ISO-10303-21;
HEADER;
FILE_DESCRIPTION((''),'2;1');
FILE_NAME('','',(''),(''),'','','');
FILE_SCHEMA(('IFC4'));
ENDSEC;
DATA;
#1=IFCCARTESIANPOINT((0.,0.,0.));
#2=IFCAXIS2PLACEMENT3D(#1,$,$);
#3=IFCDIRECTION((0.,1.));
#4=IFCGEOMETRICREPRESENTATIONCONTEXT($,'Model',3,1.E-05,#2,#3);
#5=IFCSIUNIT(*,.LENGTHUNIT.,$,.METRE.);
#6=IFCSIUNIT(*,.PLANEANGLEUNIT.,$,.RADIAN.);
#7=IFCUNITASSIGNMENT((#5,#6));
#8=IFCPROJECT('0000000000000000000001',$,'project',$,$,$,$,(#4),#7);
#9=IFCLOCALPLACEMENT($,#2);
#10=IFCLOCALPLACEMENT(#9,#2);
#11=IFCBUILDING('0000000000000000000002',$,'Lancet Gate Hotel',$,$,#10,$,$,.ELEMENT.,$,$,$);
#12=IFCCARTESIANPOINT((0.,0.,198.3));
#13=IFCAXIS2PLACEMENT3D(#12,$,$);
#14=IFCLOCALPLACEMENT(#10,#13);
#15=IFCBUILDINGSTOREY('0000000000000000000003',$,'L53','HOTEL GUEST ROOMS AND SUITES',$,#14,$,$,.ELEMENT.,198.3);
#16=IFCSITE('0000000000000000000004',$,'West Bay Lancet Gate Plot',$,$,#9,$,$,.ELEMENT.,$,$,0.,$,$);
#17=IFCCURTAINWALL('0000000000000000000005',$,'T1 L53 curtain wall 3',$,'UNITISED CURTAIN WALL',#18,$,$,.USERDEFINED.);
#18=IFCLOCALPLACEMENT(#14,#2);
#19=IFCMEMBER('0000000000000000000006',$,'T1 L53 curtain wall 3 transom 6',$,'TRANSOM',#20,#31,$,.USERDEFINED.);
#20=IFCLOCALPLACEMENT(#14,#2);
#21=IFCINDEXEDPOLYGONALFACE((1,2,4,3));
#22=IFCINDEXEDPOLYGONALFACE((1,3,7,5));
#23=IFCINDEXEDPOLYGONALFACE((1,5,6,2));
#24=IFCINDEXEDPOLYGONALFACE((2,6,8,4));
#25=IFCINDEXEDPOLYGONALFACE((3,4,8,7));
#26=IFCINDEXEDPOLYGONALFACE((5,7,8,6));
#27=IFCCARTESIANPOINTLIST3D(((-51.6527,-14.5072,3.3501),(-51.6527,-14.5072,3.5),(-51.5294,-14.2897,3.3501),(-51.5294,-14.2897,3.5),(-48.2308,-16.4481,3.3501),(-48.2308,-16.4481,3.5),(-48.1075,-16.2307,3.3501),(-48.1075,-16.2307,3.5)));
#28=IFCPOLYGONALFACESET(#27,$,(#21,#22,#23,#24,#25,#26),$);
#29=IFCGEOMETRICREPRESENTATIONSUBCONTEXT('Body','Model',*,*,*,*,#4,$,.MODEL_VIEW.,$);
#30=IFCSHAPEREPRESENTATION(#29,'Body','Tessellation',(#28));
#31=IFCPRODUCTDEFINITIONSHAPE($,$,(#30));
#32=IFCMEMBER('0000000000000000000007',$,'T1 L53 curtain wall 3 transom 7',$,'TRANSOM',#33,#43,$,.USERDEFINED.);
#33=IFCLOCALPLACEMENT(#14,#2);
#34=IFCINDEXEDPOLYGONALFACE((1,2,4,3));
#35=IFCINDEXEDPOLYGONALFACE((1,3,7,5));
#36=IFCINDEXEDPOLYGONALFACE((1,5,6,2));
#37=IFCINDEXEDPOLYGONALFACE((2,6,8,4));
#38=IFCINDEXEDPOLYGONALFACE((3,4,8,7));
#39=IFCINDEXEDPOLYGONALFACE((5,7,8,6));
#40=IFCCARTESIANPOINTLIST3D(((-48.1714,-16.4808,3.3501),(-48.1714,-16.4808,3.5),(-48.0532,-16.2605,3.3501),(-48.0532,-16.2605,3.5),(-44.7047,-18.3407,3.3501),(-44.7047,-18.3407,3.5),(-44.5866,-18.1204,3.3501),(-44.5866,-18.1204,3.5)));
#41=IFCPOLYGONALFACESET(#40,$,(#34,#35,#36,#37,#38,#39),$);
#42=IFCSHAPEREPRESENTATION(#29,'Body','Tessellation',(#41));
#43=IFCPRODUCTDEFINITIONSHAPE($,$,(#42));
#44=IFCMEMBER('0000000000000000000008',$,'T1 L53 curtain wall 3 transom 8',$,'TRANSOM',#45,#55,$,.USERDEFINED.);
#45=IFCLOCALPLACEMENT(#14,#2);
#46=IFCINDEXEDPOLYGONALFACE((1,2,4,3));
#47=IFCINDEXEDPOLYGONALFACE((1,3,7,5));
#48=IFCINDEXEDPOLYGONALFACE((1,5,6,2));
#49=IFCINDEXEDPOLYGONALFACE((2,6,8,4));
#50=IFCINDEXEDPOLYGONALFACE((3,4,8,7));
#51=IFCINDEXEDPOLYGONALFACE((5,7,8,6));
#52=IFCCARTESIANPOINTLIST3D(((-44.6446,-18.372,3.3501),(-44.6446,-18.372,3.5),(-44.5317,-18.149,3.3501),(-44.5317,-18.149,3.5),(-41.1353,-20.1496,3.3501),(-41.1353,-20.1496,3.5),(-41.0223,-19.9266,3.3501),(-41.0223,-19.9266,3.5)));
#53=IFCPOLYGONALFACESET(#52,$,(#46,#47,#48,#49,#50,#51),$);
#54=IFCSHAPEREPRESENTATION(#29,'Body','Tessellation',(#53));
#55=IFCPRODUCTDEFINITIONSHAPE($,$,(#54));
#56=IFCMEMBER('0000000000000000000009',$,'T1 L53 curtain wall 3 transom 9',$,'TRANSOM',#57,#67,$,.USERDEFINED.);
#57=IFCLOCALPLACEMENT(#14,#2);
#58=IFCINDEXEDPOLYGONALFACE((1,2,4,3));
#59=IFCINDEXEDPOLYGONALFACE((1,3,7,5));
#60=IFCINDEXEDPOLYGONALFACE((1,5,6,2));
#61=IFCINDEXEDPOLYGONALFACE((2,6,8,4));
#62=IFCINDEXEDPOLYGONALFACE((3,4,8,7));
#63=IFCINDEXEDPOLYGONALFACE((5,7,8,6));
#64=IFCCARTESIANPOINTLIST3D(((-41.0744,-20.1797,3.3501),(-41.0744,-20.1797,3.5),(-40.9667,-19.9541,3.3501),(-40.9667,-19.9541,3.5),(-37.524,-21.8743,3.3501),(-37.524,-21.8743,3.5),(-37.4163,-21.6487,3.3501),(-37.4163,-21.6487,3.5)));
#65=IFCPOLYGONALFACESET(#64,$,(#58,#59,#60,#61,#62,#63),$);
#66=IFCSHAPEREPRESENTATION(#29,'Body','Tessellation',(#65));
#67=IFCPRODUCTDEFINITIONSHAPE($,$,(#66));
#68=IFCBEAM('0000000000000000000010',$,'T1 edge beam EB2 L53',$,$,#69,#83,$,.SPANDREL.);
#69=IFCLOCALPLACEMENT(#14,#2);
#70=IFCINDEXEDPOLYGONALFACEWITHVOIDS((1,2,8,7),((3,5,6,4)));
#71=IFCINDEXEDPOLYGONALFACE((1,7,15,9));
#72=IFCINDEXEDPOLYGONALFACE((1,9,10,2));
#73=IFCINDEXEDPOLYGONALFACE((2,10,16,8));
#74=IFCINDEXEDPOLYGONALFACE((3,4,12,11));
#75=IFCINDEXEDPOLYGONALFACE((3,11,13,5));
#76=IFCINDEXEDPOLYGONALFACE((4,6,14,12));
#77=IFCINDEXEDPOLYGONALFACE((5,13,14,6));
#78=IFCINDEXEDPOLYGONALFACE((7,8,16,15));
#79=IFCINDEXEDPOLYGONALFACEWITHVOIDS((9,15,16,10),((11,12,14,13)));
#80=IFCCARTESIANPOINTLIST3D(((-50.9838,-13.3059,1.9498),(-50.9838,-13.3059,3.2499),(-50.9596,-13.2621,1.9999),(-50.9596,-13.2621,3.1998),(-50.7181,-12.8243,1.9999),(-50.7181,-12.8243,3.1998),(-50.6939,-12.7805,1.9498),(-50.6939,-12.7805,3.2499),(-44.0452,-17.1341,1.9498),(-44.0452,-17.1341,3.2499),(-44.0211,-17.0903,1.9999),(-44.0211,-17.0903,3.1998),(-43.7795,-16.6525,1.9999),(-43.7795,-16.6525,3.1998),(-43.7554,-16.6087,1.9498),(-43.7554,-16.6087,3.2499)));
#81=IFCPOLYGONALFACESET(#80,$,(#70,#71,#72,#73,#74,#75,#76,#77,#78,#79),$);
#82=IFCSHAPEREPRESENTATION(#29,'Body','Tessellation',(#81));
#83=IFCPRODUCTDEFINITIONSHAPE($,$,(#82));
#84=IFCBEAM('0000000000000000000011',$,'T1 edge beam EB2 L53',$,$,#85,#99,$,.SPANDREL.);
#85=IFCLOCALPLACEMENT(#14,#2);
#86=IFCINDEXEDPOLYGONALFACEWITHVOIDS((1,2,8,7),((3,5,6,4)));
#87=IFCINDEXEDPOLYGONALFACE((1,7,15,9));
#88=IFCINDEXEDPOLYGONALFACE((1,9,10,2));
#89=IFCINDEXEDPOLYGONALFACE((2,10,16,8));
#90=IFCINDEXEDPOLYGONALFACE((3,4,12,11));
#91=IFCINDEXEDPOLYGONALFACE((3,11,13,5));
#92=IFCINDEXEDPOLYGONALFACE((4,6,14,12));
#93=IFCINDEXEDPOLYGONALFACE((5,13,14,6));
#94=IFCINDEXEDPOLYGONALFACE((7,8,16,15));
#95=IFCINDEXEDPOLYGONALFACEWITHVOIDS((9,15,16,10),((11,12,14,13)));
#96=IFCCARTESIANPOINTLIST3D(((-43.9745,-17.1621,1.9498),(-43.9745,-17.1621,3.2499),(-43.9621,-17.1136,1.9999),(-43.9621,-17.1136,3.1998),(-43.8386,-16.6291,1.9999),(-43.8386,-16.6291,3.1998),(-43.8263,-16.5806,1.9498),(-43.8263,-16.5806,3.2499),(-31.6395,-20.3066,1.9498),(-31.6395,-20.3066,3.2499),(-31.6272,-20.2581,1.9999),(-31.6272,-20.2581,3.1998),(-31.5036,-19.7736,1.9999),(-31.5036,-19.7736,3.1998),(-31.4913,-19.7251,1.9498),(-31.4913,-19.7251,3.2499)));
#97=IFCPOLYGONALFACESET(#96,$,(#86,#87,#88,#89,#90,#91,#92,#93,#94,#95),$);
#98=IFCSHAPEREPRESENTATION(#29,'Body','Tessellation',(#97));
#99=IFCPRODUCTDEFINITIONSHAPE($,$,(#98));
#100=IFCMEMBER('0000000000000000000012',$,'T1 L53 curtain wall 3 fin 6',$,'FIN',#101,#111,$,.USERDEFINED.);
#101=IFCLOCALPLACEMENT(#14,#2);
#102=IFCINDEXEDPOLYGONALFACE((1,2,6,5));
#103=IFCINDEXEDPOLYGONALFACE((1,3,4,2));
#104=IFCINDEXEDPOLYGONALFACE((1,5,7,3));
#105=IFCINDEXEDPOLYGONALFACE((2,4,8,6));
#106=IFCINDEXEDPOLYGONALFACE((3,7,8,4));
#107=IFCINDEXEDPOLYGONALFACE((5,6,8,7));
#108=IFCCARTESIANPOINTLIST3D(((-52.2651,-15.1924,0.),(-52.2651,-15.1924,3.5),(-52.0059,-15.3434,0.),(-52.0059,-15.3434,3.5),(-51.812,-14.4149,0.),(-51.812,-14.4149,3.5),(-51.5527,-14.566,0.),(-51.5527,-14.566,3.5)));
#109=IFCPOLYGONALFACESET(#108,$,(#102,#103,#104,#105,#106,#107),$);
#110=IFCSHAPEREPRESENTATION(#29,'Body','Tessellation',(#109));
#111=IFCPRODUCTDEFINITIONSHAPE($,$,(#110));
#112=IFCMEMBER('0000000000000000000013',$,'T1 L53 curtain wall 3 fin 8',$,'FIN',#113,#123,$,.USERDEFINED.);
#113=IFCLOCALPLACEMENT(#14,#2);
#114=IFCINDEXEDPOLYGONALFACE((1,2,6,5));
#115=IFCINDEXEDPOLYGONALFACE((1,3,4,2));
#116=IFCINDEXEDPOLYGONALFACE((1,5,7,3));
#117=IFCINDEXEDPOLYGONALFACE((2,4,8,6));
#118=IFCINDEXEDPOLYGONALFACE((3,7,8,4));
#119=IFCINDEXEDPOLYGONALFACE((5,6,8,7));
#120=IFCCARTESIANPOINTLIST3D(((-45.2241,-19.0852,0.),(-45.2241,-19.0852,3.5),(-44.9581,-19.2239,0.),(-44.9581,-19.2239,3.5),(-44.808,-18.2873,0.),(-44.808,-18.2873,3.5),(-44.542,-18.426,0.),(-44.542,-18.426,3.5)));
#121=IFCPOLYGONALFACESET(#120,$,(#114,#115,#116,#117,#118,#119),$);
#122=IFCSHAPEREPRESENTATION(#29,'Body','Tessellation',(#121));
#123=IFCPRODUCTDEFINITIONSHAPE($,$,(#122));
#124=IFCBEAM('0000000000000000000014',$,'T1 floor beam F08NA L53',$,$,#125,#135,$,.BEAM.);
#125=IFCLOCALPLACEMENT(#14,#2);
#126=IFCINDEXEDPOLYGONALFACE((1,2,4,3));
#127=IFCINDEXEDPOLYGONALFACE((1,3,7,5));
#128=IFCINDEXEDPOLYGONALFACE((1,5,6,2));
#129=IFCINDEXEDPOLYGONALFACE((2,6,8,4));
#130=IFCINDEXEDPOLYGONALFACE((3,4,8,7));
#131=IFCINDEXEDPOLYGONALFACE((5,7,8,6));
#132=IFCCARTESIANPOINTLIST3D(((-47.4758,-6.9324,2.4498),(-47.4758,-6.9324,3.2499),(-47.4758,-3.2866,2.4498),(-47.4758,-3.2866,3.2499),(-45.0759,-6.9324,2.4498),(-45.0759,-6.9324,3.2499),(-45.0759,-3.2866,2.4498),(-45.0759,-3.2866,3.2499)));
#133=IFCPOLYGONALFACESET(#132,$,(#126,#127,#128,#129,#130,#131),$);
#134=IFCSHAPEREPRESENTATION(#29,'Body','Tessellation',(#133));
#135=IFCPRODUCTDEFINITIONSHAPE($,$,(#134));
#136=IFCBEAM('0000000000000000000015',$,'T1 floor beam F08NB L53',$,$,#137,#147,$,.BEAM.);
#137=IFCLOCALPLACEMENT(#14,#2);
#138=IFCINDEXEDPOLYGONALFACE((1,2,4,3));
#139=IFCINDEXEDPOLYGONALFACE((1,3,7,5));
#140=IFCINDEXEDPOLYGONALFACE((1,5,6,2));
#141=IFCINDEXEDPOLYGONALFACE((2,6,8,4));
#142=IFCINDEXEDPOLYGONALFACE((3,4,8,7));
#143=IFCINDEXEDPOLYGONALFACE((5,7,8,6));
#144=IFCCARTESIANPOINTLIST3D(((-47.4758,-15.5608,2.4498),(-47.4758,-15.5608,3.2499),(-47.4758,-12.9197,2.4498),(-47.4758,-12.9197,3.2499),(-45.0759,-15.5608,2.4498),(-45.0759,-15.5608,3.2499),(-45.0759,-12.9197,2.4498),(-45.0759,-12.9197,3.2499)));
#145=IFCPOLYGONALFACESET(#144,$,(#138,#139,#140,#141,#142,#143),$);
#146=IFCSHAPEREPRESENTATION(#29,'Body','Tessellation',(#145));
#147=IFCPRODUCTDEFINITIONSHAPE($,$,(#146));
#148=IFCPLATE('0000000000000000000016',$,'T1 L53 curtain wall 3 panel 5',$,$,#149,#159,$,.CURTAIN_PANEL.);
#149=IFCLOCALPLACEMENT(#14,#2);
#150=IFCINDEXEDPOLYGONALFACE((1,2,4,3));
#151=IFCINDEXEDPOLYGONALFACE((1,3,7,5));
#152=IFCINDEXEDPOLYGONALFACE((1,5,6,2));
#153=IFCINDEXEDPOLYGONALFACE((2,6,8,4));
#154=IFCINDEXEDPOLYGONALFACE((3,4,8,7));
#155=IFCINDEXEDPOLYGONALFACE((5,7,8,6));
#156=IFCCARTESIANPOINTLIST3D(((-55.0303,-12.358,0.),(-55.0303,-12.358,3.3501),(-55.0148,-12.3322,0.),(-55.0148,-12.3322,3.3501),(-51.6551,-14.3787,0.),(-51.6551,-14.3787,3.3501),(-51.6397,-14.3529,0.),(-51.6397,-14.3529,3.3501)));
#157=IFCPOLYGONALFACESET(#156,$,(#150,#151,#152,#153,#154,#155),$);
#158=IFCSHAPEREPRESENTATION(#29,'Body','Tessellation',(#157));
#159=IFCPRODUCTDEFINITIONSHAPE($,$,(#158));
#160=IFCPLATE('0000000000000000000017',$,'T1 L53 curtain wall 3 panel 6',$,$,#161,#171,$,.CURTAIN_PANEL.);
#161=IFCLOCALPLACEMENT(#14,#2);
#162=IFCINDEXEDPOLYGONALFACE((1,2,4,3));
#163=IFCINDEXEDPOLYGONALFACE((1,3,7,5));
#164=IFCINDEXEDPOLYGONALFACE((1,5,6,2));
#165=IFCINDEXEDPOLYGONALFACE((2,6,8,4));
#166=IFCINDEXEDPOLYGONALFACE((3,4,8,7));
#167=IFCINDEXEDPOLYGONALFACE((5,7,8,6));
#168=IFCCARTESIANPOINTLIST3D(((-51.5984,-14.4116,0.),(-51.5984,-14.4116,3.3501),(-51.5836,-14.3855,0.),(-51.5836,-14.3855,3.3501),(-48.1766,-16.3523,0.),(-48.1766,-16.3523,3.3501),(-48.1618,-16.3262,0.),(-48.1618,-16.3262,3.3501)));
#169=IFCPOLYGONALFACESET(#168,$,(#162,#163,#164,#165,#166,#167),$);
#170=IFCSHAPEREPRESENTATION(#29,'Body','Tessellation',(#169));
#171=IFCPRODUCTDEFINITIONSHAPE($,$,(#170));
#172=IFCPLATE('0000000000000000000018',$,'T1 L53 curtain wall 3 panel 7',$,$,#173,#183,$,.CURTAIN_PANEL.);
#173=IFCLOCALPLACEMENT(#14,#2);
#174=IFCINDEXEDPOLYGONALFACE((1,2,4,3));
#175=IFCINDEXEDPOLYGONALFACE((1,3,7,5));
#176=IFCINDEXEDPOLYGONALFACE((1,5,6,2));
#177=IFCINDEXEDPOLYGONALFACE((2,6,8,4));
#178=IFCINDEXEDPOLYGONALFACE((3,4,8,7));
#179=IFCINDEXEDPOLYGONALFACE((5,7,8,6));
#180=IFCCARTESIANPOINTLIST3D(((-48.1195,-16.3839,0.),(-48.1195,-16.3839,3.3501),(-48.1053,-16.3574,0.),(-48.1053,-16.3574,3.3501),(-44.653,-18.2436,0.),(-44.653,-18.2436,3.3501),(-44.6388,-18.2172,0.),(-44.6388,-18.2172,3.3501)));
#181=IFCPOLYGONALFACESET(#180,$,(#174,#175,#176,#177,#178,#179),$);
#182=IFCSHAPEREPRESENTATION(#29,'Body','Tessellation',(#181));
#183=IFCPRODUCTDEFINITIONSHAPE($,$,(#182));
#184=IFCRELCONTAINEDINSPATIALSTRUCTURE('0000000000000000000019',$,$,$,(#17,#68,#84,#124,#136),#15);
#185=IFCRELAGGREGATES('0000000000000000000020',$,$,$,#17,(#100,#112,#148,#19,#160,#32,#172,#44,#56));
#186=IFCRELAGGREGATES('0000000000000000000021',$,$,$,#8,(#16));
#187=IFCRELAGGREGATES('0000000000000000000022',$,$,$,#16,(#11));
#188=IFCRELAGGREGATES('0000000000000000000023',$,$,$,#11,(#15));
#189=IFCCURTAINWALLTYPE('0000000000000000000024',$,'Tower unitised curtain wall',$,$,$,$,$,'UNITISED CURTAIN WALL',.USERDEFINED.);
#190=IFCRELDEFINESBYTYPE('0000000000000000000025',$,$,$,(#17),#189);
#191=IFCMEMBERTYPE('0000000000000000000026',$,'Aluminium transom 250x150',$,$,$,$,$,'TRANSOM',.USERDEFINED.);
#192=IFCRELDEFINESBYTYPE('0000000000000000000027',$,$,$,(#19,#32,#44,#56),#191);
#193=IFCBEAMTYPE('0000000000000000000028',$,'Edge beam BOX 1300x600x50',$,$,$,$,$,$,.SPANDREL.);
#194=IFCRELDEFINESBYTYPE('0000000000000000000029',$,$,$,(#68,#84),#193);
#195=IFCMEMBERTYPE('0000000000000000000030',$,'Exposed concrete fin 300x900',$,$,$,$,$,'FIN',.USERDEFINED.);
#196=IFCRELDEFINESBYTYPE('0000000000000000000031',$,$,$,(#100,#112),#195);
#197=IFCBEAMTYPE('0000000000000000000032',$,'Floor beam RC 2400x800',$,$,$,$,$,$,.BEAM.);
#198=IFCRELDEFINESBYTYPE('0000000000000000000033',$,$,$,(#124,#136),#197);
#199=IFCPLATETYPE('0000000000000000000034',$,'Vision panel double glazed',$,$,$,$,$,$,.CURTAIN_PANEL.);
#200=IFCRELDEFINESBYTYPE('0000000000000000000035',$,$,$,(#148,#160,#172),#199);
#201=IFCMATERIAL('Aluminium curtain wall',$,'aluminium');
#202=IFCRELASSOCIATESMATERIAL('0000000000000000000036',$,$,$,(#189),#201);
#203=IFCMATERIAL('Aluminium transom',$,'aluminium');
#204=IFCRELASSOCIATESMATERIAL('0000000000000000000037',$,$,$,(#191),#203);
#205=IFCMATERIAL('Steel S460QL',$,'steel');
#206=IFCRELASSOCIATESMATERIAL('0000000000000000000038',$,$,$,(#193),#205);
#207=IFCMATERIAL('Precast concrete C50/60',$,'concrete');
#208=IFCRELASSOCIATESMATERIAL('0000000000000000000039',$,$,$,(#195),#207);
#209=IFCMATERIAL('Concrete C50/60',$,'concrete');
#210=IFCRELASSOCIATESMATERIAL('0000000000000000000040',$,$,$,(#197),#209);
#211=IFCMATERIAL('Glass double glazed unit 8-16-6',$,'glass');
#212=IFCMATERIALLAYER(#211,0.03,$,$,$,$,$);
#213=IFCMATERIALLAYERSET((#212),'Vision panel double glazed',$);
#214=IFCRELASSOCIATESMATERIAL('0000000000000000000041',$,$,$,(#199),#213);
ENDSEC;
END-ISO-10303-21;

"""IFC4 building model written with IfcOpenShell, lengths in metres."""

from ifc_helpers import new_model, si_unit, direction, frame, origin, origin_2d, place, context, subcontext, project, spatial, rectangle, hollow_rectangle, extrude, material, layer, layer_set, material_profile, profile_set, type_object, element, aggregate, save


model = new_model("IFC4")

# Units and contexts
model_context = context("Model", 3, precision=1e-05, world=origin(), true_north=direction((0.0, 1.0)))
body_context = subcontext(model_context, "Body", "Model", "MODEL_VIEW")
ifc_project = project(units=[si_unit("LENGTHUNIT", "METRE"), si_unit("PLANEANGLEUNIT", "RADIAN")], contexts=[model_context])

# Site, building, storey
site_placement = place(None, origin())
site = spatial("IfcSite", under=ifc_project, at=site_placement, Name="West Bay Lancet Gate Plot", CompositionType="ELEMENT", RefElevation=0.0)
building_placement = place(site_placement, origin())
building = spatial("IfcBuilding", under=site, at=building_placement, Name="Lancet Gate Hotel", CompositionType="ELEMENT")
storey_placement = place(building_placement, frame((0.0, 0.0, 198.3)))
storey = spatial("IfcBuildingStorey", under=building, at=storey_placement, Name="L53", Description="HOTEL GUEST ROOMS AND SUITES", CompositionType="ELEMENT", Elevation=198.3)

# Curtain wall, members
ifc_material_1 = material(Name="Aluminium curtain wall", Category="aluminium")
curtain_wall_type = type_object("IfcCurtainWallType", Name="Tower unitised curtain wall", ElementType="UNITISED CURTAIN WALL", PredefinedType="USERDEFINED", material=ifc_material_1)
curtain_wall_placement = place(storey_placement, origin())
curtain_wall = element("IfcCurtainWall", 1, at=curtain_wall_placement, inside=storey, type_object=curtain_wall_type, Name="T1 L53 curtain wall 3", ObjectType="UNITISED CURTAIN WALL", PredefinedType="USERDEFINED")
ifc_material_2 = material(Name="Aluminium transom", Category="aluminium")
ifc_material_profile_1 = material_profile(ifc_material_2, rectangle(XDim=0.25, YDim=0.1499, at=origin_2d()), Name="TRANSOM 250x150")
ifc_profile_set_1 = profile_set([ifc_material_profile_1], Name="Aluminium transom")
member_type_1 = type_object("IfcMemberType", Name="Aluminium transom 250x150", ElementType="TRANSOM", PredefinedType="USERDEFINED", material=ifc_profile_set_1)
member_1_placement = place(storey_placement, frame((-51.5911, -14.3984, 3.425), z_axis=(0.86982, -0.49337, 0.0), x_axis=(0.49337, 0.86982, 0.0)))
member_1 = element("IfcMember", 2, at=member_1_placement, type_object=member_type_1, Name="T1 L53 curtain wall 3 transom 6", ObjectType="TRANSOM", PredefinedType="USERDEFINED", context=body_context, shape_type="SweptSolid", body=[
    extrude(rectangle(XDim=0.25, YDim=0.1499, at=origin_2d()), origin(), (0.0, 0.0, 1.0), 3.9341),
])
member_2_placement = place(storey_placement, frame((-48.1123, -16.3706, 3.425), z_axis=(0.881185, -0.472771, 0.0), x_axis=(0.472771, 0.881185, 0.0)))
member_2 = element("IfcMember", 3, at=member_2_placement, type_object=member_type_1, Name="T1 L53 curtain wall 3 transom 7", ObjectType="TRANSOM", PredefinedType="USERDEFINED", context=body_context, shape_type="SweptSolid", body=[
    extrude(rectangle(XDim=0.25, YDim=0.1499, at=origin_2d()), origin(), (0.0, 0.0, 1.0), 3.9341),
])
member_3_placement = place(storey_placement, frame((-44.5881, -18.2605, 3.425), z_axis=(0.892081, -0.451875, 0.0), x_axis=(0.451875, 0.892081, 0.0)))
member_3 = element("IfcMember", 4, at=member_3_placement, type_object=member_type_1, Name="T1 L53 curtain wall 3 transom 8", ObjectType="TRANSOM", PredefinedType="USERDEFINED", context=body_context, shape_type="SweptSolid", body=[
    extrude(rectangle(XDim=0.25, YDim=0.1499, at=origin_2d()), origin(), (0.0, 0.0, 1.0), 3.9338),
])
member_4_placement = place(storey_placement, frame((-41.0205, -20.0669, 3.425), z_axis=(0.902469, -0.430755, 0.0), x_axis=(0.430755, 0.902469, 0.0)))
member_4 = element("IfcMember", 5, at=member_4_placement, type_object=member_type_1, Name="T1 L53 curtain wall 3 transom 9", ObjectType="TRANSOM", PredefinedType="USERDEFINED", context=body_context, shape_type="SweptSolid", body=[
    extrude(rectangle(XDim=0.25, YDim=0.1499, at=origin_2d()), origin(), (0.0, 0.0, 1.0), 3.9341),
])

# Beams
ifc_material_3 = material(Name="Steel S460QL", Category="steel")
ifc_material_profile_2 = material_profile(ifc_material_3, hollow_rectangle(XDim=0.6001, YDim=1.3, WallThickness=0.05, at=origin_2d()), Name="BOX 1300x600x50")
ifc_profile_set_2 = profile_set([ifc_material_profile_2], Name="Steel S460QL")
beam_type_1 = type_object("IfcBeamType", Name="Edge beam BOX 1300x600x50", PredefinedType="SPANDREL", material=ifc_profile_set_2)
beam_1_placement = place(storey_placement, frame((-50.8389, -13.0432, 2.5999), z_axis=(0.875578, -0.483077, 0.0), x_axis=(0.483077, 0.875578, 0.0)))
element("IfcBeam", 6, at=beam_1_placement, inside=storey, type_object=beam_type_1, Name="T1 edge beam EB2 L53", PredefinedType="SPANDREL", context=body_context, shape_type="SweptSolid", body=[
    extrude(hollow_rectangle(XDim=0.6001, YDim=1.3, WallThickness=0.05, at=origin_2d()), origin(), (0.0, 0.0, 1.0), 7.9246),
])
beam_2_placement = place(storey_placement, frame((-43.9004, -16.8713, 2.5999), z_axis=(0.969008, -0.247028, 0.0), x_axis=(0.247028, 0.969008, 0.0)))
element("IfcBeam", 7, at=beam_2_placement, inside=storey, type_object=beam_type_1, Name="T1 edge beam EB2 L53", PredefinedType="SPANDREL", context=body_context, shape_type="SweptSolid", body=[
    extrude(hollow_rectangle(XDim=0.6001, YDim=1.3, WallThickness=0.05, at=origin_2d()), origin(), (0.0, 0.0, 1.0), 12.7295),
])

# Members
ifc_material_4 = material(Name="Precast concrete C50/60", Category="concrete")
ifc_material_profile_3 = material_profile(ifc_material_4, rectangle(XDim=0.3, YDim=0.8999, at=origin_2d()), Name="FIN 300x900")
ifc_profile_set_3 = profile_set([ifc_material_profile_3], Name="Precast concrete C50/60")
member_type_2 = type_object("IfcMemberType", Name="Exposed concrete fin 300x900", ElementType="FIN", PredefinedType="USERDEFINED", material=ifc_profile_set_3)
member_5_placement = place(storey_placement, frame((-51.9089, -14.8792, 0.0), z_axis=(0.0, 0.0, 1.0), x_axis=(0.863969, -0.503545, 0.0)))
member_5 = element("IfcMember", 8, at=member_5_placement, type_object=member_type_2, Name="T1 L53 curtain wall 3 fin 6", ObjectType="FIN", PredefinedType="USERDEFINED", context=body_context, shape_type="SweptSolid", body=[
    extrude(rectangle(XDim=0.3, YDim=0.8999, at=origin_2d()), origin(), (0.0, 0.0, 1.0), 3.5),
])
member_6_placement = place(storey_placement, frame((-44.8831, -18.7556, 0.0), z_axis=(0.0, 0.0, 1.0), x_axis=(0.886694, -0.462356, 0.0)))
member_6 = element("IfcMember", 9, at=member_6_placement, type_object=member_type_2, Name="T1 L53 curtain wall 3 fin 8", ObjectType="FIN", PredefinedType="USERDEFINED", context=body_context, shape_type="SweptSolid", body=[
    extrude(rectangle(XDim=0.3, YDim=0.8999, at=origin_2d()), origin(), (0.0, 0.0, 1.0), 3.5),
])

# Beams
ifc_material_5 = material(Name="Concrete C50/60", Category="concrete")
ifc_material_profile_4 = material_profile(ifc_material_5, rectangle(XDim=2.3999, YDim=0.8, at=origin_2d()), Name="RC 2400x800")
ifc_profile_set_4 = profile_set([ifc_material_profile_4], Name="Concrete C50/60")
beam_type_2 = type_object("IfcBeamType", Name="Floor beam RC 2400x800", PredefinedType="BEAM", material=ifc_profile_set_4)
beam_3_placement = place(storey_placement, frame((-46.2759, -3.2866, 2.8499), z_axis=(0.0, -1.0, 0.0), x_axis=(1.0, 0.0, 0.0)))
element("IfcBeam", 10, at=beam_3_placement, inside=storey, type_object=beam_type_2, Name="T1 floor beam F08NA L53", PredefinedType="BEAM", context=body_context, shape_type="SweptSolid", body=[
    extrude(rectangle(XDim=2.3999, YDim=0.8, at=origin_2d()), origin(), (0.0, 0.0, 1.0), 3.6458),
])
beam_4_placement = place(storey_placement, frame((-46.2759, -12.9197, 2.8499), z_axis=(0.0, -1.0, 0.0), x_axis=(1.0, 0.0, 0.0)))
element("IfcBeam", 11, at=beam_4_placement, inside=storey, type_object=beam_type_2, Name="T1 floor beam F08NB L53", PredefinedType="BEAM", context=body_context, shape_type="SweptSolid", body=[
    extrude(rectangle(XDim=2.3999, YDim=0.8, at=origin_2d()), origin(), (0.0, 0.0, 1.0), 2.6411),
])

# Plates
ifc_material_6 = material(Name="Glass double glazed unit 8-16-6", Category="glass")
ifc_layer_1 = layer(ifc_material_6, 0.03)
ifc_layer_set_1 = layer_set([ifc_layer_1], Name="Vision panel double glazed")
plate_type = type_object("IfcPlateType", Name="Vision panel double glazed", PredefinedType="CURTAIN_PANEL", material=ifc_layer_set_1)
plate_1_placement = place(storey_placement, frame((-53.335, -13.3555, 0.0), z_axis=(0.0, 0.0, 1.0), x_axis=(0.857987, -0.513672, 0.0)))
plate_1 = element("IfcPlate", 12, at=plate_1_placement, type_object=plate_type, Name="T1 L53 curtain wall 3 panel 5", PredefinedType="CURTAIN_PANEL", context=body_context, shape_type="SweptSolid", body=[
    extrude(rectangle(XDim=3.9338, YDim=0.03, at=origin_2d()), origin(), (0.0, 0.0, 1.0), 3.3501),
])
plate_2_placement = place(storey_placement, frame((-49.8801, -15.3689, 0.0), z_axis=(0.0, 0.0, 1.0), x_axis=(0.869831, -0.493349, 0.0)))
plate_2 = element("IfcPlate", 13, at=plate_2_placement, type_object=plate_type, Name="T1 L53 curtain wall 3 panel 6", PredefinedType="CURTAIN_PANEL", context=body_context, shape_type="SweptSolid", body=[
    extrude(rectangle(XDim=3.9338, YDim=0.03, at=origin_2d()), origin(), (0.0, 0.0, 1.0), 3.3501),
])
plate_3_placement = place(storey_placement, frame((-46.3792, -17.3005, 0.0), z_axis=(0.0, 0.0, 1.0), x_axis=(0.881195, -0.472753, 0.0)))
plate_3 = element("IfcPlate", 14, at=plate_3_placement, type_object=plate_type, Name="T1 L53 curtain wall 3 panel 7", PredefinedType="CURTAIN_PANEL", context=body_context, shape_type="SweptSolid", body=[
    extrude(rectangle(XDim=3.9338, YDim=0.03, at=origin_2d()), origin(), (0.0, 0.0, 1.0), 3.3501),
])
aggregate(curtain_wall, [member_5, member_6, plate_1, member_1, plate_2, member_2, plate_3, member_3, member_4])

save(model, "model.ifc")
